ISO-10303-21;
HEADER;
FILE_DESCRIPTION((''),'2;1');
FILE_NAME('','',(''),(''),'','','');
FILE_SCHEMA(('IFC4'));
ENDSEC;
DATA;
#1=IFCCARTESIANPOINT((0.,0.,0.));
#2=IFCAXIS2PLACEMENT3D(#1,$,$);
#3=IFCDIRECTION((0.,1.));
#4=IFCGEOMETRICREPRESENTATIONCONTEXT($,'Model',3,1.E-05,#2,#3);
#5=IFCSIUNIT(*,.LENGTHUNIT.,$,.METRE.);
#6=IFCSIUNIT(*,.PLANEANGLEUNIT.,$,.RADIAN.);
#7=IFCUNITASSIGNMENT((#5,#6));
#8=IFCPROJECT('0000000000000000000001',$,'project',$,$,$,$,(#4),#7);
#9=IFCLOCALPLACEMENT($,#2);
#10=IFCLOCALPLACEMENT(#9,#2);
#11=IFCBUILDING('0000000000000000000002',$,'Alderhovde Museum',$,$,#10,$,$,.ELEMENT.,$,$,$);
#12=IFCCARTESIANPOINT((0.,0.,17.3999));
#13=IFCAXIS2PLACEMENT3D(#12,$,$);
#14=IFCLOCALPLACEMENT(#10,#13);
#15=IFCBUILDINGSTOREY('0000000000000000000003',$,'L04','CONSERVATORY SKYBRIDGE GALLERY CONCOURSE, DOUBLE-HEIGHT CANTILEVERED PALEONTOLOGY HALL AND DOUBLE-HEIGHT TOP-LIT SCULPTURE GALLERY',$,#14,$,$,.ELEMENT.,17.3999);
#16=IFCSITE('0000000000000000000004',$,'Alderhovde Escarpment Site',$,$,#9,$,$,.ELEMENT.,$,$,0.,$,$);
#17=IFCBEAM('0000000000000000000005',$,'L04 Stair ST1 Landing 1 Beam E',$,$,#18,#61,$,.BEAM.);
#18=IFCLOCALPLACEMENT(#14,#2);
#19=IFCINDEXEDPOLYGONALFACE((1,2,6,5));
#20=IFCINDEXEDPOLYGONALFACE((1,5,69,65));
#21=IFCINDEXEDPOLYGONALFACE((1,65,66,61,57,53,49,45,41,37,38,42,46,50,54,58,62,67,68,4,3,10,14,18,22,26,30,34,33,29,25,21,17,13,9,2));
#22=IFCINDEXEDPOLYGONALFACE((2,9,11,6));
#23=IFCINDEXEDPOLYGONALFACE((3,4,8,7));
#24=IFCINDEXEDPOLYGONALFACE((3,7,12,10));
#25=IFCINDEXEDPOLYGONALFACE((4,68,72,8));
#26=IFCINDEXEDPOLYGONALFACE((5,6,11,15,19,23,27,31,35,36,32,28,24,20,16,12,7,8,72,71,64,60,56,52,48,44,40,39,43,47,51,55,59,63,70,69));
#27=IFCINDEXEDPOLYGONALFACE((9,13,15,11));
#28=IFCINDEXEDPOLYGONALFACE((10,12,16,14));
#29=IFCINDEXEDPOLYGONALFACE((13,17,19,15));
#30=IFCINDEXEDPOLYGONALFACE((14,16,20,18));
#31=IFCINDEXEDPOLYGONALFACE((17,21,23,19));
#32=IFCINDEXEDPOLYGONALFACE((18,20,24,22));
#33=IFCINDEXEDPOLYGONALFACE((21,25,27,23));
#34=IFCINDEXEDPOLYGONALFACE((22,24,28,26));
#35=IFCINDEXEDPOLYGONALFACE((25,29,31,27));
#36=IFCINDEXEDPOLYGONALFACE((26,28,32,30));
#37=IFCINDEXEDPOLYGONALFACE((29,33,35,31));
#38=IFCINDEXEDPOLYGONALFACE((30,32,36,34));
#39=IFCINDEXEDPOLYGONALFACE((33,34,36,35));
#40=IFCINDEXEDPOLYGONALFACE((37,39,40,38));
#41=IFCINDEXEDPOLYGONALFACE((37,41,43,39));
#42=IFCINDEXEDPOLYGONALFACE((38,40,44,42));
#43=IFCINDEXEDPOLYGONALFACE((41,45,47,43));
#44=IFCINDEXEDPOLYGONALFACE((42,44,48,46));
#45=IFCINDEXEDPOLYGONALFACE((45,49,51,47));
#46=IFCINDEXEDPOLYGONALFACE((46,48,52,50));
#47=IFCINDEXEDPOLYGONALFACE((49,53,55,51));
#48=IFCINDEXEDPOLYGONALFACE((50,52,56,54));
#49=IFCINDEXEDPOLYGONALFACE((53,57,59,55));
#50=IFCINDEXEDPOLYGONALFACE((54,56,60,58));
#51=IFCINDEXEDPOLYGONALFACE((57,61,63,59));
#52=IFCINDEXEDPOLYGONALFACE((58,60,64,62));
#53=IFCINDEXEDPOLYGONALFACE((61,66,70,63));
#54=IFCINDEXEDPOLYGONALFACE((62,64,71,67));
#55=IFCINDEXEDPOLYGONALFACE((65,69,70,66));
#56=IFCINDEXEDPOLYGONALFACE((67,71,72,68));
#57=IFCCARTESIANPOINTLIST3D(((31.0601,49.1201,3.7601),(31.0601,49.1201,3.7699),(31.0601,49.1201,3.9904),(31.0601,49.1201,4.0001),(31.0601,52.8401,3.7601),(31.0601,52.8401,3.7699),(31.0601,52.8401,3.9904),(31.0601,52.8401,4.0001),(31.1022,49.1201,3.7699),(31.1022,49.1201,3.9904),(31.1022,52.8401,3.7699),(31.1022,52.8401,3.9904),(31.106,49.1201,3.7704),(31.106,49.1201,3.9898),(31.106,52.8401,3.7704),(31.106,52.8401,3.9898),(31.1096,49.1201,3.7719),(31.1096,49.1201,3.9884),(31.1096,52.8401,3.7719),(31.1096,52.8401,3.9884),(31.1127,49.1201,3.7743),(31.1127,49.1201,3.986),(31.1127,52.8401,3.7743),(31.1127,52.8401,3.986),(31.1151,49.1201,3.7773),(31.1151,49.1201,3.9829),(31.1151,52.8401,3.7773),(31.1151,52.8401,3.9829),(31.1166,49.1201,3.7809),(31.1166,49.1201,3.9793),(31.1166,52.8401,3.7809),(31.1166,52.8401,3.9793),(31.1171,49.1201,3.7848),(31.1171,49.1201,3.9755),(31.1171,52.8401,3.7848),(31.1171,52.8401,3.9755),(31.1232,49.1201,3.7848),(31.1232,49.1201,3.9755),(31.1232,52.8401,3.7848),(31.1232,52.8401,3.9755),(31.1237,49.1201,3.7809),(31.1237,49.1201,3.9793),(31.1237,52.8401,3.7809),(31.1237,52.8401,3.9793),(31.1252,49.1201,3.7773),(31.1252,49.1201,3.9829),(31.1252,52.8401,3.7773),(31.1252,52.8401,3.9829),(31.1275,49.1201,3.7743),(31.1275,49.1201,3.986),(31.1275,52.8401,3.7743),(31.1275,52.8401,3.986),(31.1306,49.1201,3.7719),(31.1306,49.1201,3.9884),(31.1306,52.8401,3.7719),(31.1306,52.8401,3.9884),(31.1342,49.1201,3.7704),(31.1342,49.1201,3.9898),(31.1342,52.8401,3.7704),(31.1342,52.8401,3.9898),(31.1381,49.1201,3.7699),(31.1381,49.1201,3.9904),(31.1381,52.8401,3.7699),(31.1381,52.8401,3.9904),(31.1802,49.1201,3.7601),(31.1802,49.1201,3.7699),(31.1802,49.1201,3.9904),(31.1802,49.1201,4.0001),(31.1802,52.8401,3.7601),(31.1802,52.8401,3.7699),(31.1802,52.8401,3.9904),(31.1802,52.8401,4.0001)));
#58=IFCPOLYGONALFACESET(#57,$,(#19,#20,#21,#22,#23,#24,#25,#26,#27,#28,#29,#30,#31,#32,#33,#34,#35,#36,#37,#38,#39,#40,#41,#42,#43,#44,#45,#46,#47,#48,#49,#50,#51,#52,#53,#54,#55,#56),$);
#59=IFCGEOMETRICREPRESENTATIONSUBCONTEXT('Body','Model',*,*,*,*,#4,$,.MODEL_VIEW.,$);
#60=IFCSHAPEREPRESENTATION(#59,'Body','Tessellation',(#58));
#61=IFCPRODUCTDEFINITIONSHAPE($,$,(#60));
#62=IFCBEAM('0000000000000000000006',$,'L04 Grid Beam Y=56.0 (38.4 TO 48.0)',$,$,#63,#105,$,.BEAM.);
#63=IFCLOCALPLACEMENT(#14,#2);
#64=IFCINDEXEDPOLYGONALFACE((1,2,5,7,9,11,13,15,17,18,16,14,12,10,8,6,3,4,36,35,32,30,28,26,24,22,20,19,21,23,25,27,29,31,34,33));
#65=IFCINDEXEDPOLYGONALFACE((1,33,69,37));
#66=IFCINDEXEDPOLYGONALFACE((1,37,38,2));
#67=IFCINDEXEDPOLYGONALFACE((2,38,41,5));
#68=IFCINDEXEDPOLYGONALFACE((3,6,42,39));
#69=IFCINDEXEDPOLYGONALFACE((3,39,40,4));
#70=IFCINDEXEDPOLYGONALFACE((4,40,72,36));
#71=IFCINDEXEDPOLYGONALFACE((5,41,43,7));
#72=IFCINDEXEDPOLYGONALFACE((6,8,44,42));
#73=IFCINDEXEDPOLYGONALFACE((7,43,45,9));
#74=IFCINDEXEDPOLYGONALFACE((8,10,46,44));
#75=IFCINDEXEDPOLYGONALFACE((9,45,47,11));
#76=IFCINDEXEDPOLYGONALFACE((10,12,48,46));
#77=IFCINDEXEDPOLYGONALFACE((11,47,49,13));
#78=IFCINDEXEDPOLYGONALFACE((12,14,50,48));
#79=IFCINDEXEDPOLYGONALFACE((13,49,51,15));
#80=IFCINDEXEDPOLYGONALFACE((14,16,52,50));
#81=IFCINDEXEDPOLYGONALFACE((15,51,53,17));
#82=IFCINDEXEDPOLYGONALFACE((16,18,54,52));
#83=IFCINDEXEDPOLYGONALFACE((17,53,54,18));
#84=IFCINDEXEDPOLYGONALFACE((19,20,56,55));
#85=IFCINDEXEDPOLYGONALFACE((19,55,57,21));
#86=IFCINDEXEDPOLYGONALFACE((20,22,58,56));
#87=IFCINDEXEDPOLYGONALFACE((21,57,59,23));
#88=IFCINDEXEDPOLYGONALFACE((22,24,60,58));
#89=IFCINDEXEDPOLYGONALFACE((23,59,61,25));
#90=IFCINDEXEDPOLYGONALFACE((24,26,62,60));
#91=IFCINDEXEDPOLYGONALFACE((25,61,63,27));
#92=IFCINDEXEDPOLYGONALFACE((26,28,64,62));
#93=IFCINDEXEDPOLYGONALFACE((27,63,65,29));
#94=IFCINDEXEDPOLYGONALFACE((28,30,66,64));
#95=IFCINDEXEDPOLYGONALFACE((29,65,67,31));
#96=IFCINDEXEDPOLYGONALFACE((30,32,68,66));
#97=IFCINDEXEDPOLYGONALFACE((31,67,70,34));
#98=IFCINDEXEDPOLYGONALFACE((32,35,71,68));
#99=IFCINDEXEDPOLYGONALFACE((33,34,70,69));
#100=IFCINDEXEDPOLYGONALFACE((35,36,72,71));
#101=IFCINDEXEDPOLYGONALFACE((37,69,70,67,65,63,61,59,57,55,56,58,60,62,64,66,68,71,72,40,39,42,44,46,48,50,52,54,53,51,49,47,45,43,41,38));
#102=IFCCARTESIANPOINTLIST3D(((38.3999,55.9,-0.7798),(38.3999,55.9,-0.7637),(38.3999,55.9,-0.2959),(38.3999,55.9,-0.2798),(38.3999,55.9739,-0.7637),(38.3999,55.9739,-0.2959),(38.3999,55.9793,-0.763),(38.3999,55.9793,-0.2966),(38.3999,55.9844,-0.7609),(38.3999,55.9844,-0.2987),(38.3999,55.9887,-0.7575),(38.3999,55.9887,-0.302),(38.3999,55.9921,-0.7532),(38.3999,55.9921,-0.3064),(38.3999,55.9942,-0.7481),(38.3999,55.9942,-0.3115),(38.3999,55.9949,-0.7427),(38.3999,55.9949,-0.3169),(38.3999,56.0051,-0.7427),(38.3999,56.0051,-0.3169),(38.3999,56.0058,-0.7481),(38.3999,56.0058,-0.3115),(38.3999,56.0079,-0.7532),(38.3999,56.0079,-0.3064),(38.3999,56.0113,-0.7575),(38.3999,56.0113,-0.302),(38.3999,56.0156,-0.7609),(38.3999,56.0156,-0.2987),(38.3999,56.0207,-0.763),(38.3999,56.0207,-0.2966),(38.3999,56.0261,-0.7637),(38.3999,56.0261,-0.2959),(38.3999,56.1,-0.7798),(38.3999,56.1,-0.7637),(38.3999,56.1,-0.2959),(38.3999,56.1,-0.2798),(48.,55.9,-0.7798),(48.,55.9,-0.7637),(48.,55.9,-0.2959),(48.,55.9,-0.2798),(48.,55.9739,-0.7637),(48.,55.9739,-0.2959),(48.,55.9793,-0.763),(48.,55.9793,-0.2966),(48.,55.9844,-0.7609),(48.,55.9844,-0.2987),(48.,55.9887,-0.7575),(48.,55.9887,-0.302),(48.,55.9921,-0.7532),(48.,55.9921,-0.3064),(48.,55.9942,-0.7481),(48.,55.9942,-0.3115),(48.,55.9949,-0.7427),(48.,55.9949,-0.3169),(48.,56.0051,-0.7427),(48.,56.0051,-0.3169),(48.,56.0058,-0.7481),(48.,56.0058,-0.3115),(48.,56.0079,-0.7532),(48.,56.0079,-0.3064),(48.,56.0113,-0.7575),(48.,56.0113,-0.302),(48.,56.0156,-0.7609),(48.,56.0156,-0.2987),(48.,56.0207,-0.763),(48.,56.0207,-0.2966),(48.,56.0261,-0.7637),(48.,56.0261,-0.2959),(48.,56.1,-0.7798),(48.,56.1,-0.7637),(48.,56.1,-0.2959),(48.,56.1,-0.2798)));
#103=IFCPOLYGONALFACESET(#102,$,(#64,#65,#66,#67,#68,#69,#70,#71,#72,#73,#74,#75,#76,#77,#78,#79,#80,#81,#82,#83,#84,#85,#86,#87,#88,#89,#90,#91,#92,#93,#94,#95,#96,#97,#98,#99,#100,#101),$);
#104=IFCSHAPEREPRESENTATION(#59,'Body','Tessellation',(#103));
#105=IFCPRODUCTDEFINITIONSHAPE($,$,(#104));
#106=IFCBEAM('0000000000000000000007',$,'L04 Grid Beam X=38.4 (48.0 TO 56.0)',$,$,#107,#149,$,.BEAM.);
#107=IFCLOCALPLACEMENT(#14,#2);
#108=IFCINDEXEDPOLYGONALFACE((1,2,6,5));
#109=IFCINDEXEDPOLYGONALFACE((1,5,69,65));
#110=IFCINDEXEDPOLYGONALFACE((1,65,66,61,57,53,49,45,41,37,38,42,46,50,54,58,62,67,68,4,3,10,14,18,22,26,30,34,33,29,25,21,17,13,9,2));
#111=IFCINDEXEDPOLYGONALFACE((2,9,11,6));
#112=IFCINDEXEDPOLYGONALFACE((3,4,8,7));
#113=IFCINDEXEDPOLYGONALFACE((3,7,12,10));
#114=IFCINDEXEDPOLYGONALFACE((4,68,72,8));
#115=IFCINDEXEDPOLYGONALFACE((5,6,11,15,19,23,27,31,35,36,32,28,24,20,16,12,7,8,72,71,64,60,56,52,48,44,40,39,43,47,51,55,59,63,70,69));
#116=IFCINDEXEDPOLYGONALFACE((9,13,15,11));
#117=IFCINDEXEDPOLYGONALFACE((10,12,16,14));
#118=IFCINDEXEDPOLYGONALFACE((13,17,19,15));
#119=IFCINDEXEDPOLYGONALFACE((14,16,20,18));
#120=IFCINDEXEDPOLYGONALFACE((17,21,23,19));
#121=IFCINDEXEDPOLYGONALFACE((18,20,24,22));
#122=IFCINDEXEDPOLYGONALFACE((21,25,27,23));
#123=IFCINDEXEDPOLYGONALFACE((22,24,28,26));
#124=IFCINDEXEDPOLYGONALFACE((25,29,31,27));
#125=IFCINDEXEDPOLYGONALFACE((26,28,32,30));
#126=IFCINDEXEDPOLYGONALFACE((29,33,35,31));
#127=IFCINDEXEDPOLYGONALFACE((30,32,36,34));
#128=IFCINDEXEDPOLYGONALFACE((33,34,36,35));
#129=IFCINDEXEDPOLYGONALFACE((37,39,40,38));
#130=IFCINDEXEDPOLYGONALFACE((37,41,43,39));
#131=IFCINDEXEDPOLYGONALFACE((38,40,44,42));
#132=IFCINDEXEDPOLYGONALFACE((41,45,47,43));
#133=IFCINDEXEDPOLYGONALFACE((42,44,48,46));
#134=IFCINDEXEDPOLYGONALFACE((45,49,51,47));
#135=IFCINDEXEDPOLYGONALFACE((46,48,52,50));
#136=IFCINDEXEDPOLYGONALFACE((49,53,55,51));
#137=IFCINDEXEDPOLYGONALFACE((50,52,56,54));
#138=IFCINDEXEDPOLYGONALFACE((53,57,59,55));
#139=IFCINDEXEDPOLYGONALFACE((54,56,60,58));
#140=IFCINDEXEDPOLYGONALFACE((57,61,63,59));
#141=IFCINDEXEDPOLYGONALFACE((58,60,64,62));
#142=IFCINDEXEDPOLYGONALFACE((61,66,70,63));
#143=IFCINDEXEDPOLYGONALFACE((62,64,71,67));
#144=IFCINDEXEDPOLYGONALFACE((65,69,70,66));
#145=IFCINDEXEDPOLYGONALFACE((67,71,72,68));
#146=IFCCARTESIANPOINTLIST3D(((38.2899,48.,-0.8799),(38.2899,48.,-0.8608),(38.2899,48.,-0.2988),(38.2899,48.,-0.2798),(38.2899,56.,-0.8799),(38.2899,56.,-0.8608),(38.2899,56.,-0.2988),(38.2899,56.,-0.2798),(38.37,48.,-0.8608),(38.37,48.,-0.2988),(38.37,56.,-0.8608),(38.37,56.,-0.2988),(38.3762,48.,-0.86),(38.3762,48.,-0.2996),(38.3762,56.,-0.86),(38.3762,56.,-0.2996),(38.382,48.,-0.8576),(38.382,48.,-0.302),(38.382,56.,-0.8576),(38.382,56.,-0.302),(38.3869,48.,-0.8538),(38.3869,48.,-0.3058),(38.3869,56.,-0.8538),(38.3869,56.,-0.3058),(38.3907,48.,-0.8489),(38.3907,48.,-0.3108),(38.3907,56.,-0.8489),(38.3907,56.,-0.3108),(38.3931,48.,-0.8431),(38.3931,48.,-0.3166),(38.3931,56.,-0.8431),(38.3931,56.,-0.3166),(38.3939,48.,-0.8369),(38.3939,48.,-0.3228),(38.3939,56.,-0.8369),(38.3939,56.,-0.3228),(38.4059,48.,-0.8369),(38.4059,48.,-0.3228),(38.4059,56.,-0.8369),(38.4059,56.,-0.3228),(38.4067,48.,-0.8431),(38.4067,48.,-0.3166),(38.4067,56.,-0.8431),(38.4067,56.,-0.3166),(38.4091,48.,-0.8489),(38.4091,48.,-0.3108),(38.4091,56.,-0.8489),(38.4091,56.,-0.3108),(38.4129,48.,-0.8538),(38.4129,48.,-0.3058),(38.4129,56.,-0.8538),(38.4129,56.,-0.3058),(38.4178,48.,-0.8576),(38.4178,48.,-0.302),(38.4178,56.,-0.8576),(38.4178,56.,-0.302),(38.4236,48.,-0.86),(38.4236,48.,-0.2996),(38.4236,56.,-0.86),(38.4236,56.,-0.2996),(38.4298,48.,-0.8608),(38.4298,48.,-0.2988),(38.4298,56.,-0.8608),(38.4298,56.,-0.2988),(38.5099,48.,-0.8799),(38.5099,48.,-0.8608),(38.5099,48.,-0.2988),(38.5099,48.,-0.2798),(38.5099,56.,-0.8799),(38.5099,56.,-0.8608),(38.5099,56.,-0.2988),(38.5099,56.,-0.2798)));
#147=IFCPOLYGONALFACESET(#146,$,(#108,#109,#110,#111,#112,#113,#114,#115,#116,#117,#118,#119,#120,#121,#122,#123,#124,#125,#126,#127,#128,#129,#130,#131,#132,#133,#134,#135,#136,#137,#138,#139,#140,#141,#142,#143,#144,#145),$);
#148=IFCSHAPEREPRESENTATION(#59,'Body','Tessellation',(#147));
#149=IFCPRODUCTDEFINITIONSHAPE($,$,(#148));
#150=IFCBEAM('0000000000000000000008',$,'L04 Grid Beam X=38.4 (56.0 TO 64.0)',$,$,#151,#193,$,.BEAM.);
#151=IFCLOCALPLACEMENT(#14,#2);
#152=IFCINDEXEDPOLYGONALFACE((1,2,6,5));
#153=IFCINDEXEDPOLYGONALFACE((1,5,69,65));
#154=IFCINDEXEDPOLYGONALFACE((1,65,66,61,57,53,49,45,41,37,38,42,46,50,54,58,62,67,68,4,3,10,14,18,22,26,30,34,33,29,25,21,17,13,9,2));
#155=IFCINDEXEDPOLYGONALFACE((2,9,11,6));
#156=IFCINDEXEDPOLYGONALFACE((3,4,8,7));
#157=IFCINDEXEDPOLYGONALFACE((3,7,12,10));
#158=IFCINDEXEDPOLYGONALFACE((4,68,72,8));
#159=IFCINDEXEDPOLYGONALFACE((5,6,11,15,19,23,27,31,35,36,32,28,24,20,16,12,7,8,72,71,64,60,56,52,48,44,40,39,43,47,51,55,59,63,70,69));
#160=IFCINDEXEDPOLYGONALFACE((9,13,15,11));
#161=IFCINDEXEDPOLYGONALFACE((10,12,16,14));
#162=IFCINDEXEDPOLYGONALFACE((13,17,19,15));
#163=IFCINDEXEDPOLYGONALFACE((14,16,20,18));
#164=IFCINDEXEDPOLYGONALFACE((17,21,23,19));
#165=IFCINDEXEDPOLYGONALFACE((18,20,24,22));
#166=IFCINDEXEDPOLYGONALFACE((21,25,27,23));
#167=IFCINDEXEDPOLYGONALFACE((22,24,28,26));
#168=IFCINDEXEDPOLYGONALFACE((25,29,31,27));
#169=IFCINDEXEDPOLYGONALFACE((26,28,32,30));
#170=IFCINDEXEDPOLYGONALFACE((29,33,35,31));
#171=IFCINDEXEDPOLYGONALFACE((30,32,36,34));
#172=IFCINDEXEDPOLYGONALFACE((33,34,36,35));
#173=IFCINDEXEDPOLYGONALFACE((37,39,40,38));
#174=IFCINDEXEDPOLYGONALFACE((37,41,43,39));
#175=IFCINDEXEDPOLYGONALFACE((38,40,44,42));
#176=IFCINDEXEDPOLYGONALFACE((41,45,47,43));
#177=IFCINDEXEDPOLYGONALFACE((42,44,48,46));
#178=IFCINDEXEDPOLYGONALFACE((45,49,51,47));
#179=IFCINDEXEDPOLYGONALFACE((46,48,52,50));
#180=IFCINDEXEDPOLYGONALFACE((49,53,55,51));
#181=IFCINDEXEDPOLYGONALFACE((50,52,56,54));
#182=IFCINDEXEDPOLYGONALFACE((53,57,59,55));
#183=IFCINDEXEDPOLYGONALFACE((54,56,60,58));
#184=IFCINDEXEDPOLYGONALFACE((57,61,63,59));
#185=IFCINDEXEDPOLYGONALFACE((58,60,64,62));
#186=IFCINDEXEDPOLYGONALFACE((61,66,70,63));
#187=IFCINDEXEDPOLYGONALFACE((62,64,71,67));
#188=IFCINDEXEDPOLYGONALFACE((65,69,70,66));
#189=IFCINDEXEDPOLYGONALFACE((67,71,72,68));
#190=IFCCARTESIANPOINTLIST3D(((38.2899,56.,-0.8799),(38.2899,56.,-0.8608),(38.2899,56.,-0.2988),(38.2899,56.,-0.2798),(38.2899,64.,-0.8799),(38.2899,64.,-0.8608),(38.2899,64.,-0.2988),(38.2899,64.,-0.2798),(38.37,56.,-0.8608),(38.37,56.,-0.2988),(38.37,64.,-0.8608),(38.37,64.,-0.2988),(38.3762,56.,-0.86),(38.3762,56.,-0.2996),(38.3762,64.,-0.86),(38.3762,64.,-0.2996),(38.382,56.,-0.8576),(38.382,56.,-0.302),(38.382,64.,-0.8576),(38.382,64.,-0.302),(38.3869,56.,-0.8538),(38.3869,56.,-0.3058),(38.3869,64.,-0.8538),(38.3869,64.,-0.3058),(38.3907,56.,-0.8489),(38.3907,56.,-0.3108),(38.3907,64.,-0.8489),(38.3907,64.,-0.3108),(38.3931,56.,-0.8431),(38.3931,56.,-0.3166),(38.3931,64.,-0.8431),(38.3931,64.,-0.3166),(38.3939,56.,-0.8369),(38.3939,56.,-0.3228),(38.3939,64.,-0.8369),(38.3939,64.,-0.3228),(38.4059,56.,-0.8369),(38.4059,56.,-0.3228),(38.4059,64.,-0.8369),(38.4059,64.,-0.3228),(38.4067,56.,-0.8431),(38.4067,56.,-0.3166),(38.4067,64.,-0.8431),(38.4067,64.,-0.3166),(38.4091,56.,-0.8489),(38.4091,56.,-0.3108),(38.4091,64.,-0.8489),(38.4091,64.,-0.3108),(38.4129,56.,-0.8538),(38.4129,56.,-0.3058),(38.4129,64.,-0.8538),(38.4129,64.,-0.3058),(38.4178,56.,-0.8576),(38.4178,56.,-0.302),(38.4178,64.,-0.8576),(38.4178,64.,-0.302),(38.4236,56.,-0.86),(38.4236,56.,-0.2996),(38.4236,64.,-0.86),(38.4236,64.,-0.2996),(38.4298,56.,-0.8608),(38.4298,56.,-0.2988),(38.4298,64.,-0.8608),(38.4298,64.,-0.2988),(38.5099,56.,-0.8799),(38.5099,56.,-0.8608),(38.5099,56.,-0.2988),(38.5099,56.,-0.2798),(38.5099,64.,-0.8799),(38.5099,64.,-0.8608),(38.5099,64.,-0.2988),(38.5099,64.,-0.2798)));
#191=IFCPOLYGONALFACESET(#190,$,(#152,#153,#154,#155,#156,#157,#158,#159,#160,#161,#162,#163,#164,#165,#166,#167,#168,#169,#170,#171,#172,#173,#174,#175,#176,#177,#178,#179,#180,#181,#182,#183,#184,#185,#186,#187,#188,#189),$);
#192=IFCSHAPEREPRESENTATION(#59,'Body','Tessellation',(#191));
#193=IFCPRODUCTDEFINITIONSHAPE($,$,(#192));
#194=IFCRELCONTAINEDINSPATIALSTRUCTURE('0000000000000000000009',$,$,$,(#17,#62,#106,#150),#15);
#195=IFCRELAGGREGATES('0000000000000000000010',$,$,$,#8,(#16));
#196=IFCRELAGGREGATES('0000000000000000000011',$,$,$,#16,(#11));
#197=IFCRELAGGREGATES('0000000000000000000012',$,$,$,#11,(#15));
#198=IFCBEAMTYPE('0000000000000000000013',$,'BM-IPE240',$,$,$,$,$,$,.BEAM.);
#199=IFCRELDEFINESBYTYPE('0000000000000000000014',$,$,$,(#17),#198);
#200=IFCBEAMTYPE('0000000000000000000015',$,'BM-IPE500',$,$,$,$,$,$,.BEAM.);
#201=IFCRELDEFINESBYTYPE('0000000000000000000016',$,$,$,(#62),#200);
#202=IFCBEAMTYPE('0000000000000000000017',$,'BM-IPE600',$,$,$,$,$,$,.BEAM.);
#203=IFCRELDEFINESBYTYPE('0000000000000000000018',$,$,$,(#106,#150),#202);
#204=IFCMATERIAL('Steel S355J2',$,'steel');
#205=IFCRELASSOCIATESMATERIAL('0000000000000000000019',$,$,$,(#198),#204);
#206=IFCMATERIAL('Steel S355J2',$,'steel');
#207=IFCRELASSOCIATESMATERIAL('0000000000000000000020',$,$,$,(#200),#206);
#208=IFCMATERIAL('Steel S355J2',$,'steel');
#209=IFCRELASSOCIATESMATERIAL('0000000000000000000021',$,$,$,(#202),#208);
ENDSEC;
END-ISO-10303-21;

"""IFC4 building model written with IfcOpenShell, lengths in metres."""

from ifc_helpers import new_model, si_unit, direction, frame, origin, origin_2d, place, context, subcontext, project, spatial, i_section, extrude, material, material_profile, profile_set, type_object, element, save


model = new_model("IFC4")

# Units and contexts
model_context = context("Model", 3, precision=1e-05, world=origin(), true_north=direction((0.0, 1.0)))
body_context = subcontext(model_context, "Body", "Model", "MODEL_VIEW")
ifc_project = project(units=[si_unit("LENGTHUNIT", "METRE"), si_unit("PLANEANGLEUNIT", "RADIAN")], contexts=[model_context])

# Site, building, storey
site_placement = place(None, origin())
site = spatial("IfcSite", under=ifc_project, at=site_placement, Name="Alderhovde Escarpment Site", CompositionType="ELEMENT", RefElevation=0.0)
building_placement = place(site_placement, origin())
building = spatial("IfcBuilding", under=site, at=building_placement, Name="Alderhovde Museum", CompositionType="ELEMENT")
storey_placement = place(building_placement, frame((0.0, 0.0, 17.3999)))
storey = spatial("IfcBuildingStorey", under=building, at=storey_placement, Name="L04", Description="CONSERVATORY SKYBRIDGE GALLERY CONCOURSE, DOUBLE-HEIGHT CANTILEVERED PALEONTOLOGY HALL AND DOUBLE-HEIGHT TOP-LIT SCULPTURE GALLERY", CompositionType="ELEMENT", Elevation=17.3999)

# Beams
ifc_material_1 = material(Name="Steel S355J2", Category="steel")
ifc_material_profile_1 = material_profile(ifc_material_1, i_section(OverallWidth=0.1201, OverallDepth=0.24, WebThickness=0.0061, FlangeThickness=0.0098, FilletRadius=0.0149, at=origin_2d()), Name="IPE 240")
ifc_profile_set_1 = profile_set([ifc_material_profile_1], Name="Steel S355J2")
beam_type_1 = type_object("IfcBeamType", Name="BM-IPE240", PredefinedType="BEAM", material=ifc_profile_set_1)
for number, where, z_axis, x_axis, name in (
    (1, (31.1201, 49.1201, 3.8801), (0.0, 1.0, 0.0), (-1.0, 0.0, 0.0), "L04 Stair ST1 Landing 1 Beam E"),
):
    element("IfcBeam", number, at=place(storey_placement, frame(where, z_axis=z_axis, x_axis=x_axis)), inside=storey, type_object=beam_type_1, Name=name, PredefinedType="BEAM", context=body_context, shape_type="SweptSolid", body=[
        extrude(i_section(OverallWidth=0.1201, OverallDepth=0.24, WebThickness=0.0061, FlangeThickness=0.0098, FilletRadius=0.0149, at=origin_2d()), origin(), (0.0, 0.0, 1.0), 3.72),
    ])
ifc_material_2 = material(Name="Steel S355J2", Category="steel")
ifc_material_profile_2 = material_profile(ifc_material_2, i_section(OverallWidth=0.2, OverallDepth=0.5, WebThickness=0.0103, FlangeThickness=0.0161, FilletRadius=0.021, at=origin_2d()), Name="IPE 500")
ifc_profile_set_2 = profile_set([ifc_material_profile_2], Name="Steel S355J2")
beam_type_2 = type_object("IfcBeamType", Name="BM-IPE500", PredefinedType="BEAM", material=ifc_profile_set_2)
beam_1_placement = place(storey_placement, frame((38.3999, 56.0, -0.5298), z_axis=(1.0, 0.0, 0.0), x_axis=(0.0, 1.0, 0.0)))
element("IfcBeam", 2, at=beam_1_placement, inside=storey, type_object=beam_type_2, Name="L04 Grid Beam Y=56.0 (38.4 TO 48.0)", PredefinedType="BEAM", context=body_context, shape_type="SweptSolid", body=[
    extrude(i_section(OverallWidth=0.2, OverallDepth=0.5, WebThickness=0.0103, FlangeThickness=0.0161, FilletRadius=0.021, at=origin_2d()), origin(), (0.0, 0.0, 1.0), 9.6001),
])
ifc_material_3 = material(Name="Steel S355J2", Category="steel")
ifc_material_profile_3 = material_profile(ifc_material_3, i_section(OverallWidth=0.22, OverallDepth=0.6001, WebThickness=0.012, FlangeThickness=0.019, FilletRadius=0.0239, at=origin_2d()), Name="IPE 600")
ifc_profile_set_3 = profile_set([ifc_material_profile_3], Name="Steel S355J2")
beam_type_3 = type_object("IfcBeamType", Name="BM-IPE600", PredefinedType="BEAM", material=ifc_profile_set_3)
for number, where, z_axis, x_axis, name in (
    (3, (38.3999, 48.0, -0.5798), (0.0, 1.0, 0.0), (-1.0, 0.0, 0.0), "L04 Grid Beam X=38.4 (48.0 TO 56.0)"),
    (4, (38.3999, 56.0, -0.5798), (0.0, 1.0, 0.0), (-1.0, 0.0, 0.0), "L04 Grid Beam X=38.4 (56.0 TO 64.0)"),
):
    element("IfcBeam", number, at=place(storey_placement, frame(where, z_axis=z_axis, x_axis=x_axis)), inside=storey, type_object=beam_type_3, Name=name, PredefinedType="BEAM", context=body_context, shape_type="SweptSolid", body=[
        extrude(i_section(OverallWidth=0.22, OverallDepth=0.6001, WebThickness=0.012, FlangeThickness=0.019, FilletRadius=0.0239, at=origin_2d()), origin(), (0.0, 0.0, 1.0), 8.0),
    ])

save(model, "model.ifc")
